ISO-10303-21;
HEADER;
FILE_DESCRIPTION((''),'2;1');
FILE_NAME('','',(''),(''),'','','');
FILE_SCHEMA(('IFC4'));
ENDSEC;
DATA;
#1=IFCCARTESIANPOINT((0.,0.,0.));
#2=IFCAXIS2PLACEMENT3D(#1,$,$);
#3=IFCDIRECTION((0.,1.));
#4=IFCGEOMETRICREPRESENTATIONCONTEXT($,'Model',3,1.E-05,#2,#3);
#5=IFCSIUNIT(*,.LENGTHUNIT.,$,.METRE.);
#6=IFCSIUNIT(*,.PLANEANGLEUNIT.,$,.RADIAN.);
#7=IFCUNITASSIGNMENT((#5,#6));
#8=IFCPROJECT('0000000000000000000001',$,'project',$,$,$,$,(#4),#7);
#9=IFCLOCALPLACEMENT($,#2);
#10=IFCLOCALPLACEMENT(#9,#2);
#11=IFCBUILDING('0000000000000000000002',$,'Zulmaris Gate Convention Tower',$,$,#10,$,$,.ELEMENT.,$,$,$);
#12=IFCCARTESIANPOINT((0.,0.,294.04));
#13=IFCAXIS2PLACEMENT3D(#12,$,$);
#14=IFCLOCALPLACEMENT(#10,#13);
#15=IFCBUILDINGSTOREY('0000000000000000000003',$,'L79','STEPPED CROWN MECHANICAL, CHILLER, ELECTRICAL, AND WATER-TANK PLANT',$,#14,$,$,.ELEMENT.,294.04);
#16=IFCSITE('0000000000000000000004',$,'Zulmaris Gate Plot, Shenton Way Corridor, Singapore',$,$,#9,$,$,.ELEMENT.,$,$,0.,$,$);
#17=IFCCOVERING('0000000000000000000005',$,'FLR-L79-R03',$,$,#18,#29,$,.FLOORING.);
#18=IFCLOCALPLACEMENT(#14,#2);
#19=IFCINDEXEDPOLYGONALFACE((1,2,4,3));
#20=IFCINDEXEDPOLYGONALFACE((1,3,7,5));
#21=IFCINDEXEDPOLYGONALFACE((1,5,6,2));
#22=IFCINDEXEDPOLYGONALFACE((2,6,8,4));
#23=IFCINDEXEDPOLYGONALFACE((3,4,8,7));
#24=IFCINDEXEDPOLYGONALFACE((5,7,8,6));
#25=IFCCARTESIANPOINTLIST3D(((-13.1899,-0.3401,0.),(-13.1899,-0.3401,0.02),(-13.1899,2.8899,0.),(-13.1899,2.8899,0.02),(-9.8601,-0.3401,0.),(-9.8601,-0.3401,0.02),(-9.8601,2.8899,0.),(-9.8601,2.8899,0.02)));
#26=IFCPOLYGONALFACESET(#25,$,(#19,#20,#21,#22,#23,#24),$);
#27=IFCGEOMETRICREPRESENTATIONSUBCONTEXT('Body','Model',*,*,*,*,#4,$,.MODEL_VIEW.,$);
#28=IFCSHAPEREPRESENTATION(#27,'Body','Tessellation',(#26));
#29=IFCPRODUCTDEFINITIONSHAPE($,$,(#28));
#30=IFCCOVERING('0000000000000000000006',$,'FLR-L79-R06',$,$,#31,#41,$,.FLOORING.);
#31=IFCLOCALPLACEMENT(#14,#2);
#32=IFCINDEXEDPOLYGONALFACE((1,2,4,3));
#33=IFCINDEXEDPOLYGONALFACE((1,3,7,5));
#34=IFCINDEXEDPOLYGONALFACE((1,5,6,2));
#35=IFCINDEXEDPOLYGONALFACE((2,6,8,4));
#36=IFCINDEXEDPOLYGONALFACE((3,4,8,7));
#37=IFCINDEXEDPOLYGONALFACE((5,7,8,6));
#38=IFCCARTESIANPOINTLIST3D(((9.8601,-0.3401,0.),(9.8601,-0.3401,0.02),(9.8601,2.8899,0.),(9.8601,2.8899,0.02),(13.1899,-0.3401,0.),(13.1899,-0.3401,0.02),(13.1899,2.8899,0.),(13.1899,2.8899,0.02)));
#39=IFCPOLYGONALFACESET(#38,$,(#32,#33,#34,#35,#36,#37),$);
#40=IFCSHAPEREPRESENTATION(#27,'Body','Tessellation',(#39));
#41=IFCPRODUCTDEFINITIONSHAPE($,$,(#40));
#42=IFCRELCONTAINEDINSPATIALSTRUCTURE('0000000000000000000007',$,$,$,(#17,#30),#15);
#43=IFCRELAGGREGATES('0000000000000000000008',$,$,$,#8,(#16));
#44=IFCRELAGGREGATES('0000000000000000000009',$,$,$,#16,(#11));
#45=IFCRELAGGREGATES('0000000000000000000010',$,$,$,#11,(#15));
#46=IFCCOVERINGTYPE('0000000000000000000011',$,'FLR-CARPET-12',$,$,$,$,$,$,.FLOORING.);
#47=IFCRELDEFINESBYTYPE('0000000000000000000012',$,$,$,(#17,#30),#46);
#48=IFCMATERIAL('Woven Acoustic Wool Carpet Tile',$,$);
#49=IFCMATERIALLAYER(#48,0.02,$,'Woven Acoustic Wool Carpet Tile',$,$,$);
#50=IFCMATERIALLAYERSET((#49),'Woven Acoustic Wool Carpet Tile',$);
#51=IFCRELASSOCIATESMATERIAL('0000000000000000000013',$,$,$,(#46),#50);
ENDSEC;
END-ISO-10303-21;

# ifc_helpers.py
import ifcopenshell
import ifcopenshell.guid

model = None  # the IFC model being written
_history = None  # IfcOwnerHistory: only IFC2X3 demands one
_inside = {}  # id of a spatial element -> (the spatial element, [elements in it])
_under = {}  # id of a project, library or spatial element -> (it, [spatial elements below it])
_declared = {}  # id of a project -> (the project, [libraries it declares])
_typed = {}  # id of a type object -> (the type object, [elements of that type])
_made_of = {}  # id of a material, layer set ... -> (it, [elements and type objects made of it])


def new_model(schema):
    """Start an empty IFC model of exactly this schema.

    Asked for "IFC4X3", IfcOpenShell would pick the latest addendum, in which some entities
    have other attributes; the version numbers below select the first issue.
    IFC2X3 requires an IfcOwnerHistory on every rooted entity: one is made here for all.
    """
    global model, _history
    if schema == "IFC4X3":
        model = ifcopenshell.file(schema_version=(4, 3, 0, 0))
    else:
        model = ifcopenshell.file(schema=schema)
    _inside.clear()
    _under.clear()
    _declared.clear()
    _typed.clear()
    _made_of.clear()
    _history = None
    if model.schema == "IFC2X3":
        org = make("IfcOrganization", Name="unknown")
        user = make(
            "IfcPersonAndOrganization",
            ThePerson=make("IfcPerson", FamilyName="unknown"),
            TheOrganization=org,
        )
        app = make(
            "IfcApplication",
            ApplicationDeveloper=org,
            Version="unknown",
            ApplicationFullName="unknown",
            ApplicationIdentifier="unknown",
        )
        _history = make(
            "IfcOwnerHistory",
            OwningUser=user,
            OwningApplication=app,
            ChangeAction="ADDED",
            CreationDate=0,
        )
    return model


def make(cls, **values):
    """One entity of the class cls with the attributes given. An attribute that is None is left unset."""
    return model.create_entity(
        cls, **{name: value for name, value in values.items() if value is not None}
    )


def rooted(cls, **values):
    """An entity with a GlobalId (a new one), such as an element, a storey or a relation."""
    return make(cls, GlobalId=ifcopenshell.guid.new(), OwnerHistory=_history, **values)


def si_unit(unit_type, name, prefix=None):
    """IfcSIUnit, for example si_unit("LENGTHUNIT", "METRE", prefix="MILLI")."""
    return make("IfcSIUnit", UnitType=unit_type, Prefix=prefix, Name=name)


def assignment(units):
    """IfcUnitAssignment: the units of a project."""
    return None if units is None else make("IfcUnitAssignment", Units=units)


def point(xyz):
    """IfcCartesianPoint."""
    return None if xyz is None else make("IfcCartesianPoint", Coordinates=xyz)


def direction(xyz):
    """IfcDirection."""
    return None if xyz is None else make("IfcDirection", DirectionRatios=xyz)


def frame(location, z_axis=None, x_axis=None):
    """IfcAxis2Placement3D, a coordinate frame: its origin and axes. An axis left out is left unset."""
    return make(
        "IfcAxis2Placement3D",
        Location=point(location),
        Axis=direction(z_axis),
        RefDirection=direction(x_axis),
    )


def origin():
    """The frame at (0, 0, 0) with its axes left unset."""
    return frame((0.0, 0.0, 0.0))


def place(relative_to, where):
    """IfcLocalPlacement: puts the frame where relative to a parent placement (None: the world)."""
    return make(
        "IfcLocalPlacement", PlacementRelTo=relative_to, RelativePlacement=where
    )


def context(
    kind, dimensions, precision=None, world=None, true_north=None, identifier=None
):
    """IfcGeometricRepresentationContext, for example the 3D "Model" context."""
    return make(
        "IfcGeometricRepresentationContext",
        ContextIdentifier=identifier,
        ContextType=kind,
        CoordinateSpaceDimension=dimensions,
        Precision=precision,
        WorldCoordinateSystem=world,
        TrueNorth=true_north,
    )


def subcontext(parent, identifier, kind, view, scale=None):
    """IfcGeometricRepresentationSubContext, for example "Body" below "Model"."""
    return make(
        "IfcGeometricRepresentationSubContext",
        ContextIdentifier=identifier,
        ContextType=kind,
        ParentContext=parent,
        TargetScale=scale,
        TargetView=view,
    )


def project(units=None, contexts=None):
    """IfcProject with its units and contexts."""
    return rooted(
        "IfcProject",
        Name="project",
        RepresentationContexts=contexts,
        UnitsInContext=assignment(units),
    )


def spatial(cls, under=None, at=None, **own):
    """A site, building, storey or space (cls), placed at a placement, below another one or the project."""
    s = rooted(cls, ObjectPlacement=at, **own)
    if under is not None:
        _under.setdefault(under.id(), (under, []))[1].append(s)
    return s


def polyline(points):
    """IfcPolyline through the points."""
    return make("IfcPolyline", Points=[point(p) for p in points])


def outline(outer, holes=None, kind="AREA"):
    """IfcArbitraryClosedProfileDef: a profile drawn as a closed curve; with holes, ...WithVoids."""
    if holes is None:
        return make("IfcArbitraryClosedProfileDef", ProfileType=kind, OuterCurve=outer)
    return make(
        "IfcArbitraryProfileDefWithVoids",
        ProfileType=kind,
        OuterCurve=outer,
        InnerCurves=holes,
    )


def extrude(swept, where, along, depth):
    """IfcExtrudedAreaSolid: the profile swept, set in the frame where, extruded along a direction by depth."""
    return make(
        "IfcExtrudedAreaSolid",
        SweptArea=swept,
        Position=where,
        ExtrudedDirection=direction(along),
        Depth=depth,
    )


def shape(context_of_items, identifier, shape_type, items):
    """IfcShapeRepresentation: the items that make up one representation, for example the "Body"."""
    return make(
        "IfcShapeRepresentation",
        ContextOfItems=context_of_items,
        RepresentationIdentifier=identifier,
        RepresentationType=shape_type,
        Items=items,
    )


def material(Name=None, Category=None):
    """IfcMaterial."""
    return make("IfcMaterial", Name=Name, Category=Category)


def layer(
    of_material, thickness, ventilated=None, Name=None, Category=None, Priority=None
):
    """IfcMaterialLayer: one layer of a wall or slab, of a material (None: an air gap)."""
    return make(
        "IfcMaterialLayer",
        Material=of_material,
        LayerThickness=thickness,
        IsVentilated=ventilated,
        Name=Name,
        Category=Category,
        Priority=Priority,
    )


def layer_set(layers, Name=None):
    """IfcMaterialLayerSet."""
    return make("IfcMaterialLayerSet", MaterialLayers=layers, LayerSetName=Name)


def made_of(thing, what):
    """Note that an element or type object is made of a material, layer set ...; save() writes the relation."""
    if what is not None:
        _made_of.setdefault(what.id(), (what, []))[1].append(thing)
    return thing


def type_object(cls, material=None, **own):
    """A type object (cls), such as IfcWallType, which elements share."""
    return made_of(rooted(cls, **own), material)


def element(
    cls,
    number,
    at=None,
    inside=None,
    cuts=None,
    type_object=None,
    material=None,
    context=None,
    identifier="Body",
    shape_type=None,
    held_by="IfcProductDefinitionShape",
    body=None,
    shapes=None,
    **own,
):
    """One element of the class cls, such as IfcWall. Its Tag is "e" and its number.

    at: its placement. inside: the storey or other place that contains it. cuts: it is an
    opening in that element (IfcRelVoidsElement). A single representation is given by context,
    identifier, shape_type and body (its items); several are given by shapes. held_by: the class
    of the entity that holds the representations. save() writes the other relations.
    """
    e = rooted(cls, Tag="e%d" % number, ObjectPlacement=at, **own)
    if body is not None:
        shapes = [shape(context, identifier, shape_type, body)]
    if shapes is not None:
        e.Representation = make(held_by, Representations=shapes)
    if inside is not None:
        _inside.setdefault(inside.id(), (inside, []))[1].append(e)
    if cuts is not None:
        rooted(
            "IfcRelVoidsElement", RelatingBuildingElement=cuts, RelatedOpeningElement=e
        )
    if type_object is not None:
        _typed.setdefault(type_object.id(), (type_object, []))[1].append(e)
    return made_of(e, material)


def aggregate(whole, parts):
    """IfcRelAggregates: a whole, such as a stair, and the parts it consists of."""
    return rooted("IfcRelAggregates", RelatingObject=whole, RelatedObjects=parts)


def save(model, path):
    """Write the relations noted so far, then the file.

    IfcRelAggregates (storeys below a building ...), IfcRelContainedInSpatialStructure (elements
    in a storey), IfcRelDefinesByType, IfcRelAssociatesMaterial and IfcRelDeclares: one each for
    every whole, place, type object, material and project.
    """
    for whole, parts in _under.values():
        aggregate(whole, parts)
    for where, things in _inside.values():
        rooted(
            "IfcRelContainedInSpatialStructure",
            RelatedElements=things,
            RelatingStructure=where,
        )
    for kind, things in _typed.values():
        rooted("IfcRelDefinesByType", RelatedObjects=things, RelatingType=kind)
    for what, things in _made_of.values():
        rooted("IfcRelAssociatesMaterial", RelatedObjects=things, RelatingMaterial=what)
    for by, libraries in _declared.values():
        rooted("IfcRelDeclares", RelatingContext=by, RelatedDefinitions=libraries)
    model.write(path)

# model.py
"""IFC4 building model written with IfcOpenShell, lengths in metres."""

from ifc_helpers import new_model, si_unit, direction, frame, origin, place, context, subcontext, project, spatial, polyline, outline, extrude, material, layer, layer_set, type_object, element, save


model = new_model("IFC4")

# Units and contexts
model_context = context("Model", 3, precision=1e-05, world=origin(), true_north=direction((0.0, 1.0)))
body_context = subcontext(model_context, "Body", "Model", "MODEL_VIEW")
ifc_project = project(units=[si_unit("LENGTHUNIT", "METRE"), si_unit("PLANEANGLEUNIT", "RADIAN")], contexts=[model_context])

# Site, building, storey
site_placement = place(None, origin())
site = spatial("IfcSite", under=ifc_project, at=site_placement, Name="Zulmaris Gate Plot, Shenton Way Corridor, Singapore", CompositionType="ELEMENT", RefElevation=0.0)
building_placement = place(site_placement, origin())
building = spatial("IfcBuilding", under=site, at=building_placement, Name="Zulmaris Gate Convention Tower", CompositionType="ELEMENT")
storey_placement = place(building_placement, frame((0.0, 0.0, 294.04)))
storey = spatial("IfcBuildingStorey", under=building, at=storey_placement, Name="L79", Description="STEPPED CROWN MECHANICAL, CHILLER, ELECTRICAL, AND WATER-TANK PLANT", CompositionType="ELEMENT", Elevation=294.04)

# Coverings
ifc_material_1 = material(Name="Woven Acoustic Wool Carpet Tile")
ifc_layer_1 = layer(ifc_material_1, 0.02, Name="Woven Acoustic Wool Carpet Tile")
ifc_layer_set_1 = layer_set([ifc_layer_1], Name="Woven Acoustic Wool Carpet Tile")
covering_type = type_object("IfcCoveringType", Name="FLR-CARPET-12", PredefinedType="FLOORING", material=ifc_layer_set_1)
covering_1_placement = place(storey_placement, origin())
element("IfcCovering", 1, at=covering_1_placement, inside=storey, type_object=covering_type, Name="FLR-L79-R03", PredefinedType="FLOORING", context=body_context, shape_type="SweptSolid", body=[
    extrude(outline(polyline([(-13.1899, -0.3401), (-9.8601, -0.3401), (-9.8601, 2.8899), (-13.1899, 2.8899), (-13.1899, -0.3401)])), origin(), (0.0, 0.0, 1.0), 0.02),
])
covering_2_placement = place(storey_placement, origin())
element("IfcCovering", 2, at=covering_2_placement, inside=storey, type_object=covering_type, Name="FLR-L79-R06", PredefinedType="FLOORING", context=body_context, shape_type="SweptSolid", body=[
    extrude(outline(polyline([(9.8601, -0.3401), (13.1899, -0.3401), (13.1899, 2.8899), (9.8601, 2.8899), (9.8601, -0.3401)])), origin(), (0.0, 0.0, 1.0), 0.02),
])

save(model, "model.ifc")
